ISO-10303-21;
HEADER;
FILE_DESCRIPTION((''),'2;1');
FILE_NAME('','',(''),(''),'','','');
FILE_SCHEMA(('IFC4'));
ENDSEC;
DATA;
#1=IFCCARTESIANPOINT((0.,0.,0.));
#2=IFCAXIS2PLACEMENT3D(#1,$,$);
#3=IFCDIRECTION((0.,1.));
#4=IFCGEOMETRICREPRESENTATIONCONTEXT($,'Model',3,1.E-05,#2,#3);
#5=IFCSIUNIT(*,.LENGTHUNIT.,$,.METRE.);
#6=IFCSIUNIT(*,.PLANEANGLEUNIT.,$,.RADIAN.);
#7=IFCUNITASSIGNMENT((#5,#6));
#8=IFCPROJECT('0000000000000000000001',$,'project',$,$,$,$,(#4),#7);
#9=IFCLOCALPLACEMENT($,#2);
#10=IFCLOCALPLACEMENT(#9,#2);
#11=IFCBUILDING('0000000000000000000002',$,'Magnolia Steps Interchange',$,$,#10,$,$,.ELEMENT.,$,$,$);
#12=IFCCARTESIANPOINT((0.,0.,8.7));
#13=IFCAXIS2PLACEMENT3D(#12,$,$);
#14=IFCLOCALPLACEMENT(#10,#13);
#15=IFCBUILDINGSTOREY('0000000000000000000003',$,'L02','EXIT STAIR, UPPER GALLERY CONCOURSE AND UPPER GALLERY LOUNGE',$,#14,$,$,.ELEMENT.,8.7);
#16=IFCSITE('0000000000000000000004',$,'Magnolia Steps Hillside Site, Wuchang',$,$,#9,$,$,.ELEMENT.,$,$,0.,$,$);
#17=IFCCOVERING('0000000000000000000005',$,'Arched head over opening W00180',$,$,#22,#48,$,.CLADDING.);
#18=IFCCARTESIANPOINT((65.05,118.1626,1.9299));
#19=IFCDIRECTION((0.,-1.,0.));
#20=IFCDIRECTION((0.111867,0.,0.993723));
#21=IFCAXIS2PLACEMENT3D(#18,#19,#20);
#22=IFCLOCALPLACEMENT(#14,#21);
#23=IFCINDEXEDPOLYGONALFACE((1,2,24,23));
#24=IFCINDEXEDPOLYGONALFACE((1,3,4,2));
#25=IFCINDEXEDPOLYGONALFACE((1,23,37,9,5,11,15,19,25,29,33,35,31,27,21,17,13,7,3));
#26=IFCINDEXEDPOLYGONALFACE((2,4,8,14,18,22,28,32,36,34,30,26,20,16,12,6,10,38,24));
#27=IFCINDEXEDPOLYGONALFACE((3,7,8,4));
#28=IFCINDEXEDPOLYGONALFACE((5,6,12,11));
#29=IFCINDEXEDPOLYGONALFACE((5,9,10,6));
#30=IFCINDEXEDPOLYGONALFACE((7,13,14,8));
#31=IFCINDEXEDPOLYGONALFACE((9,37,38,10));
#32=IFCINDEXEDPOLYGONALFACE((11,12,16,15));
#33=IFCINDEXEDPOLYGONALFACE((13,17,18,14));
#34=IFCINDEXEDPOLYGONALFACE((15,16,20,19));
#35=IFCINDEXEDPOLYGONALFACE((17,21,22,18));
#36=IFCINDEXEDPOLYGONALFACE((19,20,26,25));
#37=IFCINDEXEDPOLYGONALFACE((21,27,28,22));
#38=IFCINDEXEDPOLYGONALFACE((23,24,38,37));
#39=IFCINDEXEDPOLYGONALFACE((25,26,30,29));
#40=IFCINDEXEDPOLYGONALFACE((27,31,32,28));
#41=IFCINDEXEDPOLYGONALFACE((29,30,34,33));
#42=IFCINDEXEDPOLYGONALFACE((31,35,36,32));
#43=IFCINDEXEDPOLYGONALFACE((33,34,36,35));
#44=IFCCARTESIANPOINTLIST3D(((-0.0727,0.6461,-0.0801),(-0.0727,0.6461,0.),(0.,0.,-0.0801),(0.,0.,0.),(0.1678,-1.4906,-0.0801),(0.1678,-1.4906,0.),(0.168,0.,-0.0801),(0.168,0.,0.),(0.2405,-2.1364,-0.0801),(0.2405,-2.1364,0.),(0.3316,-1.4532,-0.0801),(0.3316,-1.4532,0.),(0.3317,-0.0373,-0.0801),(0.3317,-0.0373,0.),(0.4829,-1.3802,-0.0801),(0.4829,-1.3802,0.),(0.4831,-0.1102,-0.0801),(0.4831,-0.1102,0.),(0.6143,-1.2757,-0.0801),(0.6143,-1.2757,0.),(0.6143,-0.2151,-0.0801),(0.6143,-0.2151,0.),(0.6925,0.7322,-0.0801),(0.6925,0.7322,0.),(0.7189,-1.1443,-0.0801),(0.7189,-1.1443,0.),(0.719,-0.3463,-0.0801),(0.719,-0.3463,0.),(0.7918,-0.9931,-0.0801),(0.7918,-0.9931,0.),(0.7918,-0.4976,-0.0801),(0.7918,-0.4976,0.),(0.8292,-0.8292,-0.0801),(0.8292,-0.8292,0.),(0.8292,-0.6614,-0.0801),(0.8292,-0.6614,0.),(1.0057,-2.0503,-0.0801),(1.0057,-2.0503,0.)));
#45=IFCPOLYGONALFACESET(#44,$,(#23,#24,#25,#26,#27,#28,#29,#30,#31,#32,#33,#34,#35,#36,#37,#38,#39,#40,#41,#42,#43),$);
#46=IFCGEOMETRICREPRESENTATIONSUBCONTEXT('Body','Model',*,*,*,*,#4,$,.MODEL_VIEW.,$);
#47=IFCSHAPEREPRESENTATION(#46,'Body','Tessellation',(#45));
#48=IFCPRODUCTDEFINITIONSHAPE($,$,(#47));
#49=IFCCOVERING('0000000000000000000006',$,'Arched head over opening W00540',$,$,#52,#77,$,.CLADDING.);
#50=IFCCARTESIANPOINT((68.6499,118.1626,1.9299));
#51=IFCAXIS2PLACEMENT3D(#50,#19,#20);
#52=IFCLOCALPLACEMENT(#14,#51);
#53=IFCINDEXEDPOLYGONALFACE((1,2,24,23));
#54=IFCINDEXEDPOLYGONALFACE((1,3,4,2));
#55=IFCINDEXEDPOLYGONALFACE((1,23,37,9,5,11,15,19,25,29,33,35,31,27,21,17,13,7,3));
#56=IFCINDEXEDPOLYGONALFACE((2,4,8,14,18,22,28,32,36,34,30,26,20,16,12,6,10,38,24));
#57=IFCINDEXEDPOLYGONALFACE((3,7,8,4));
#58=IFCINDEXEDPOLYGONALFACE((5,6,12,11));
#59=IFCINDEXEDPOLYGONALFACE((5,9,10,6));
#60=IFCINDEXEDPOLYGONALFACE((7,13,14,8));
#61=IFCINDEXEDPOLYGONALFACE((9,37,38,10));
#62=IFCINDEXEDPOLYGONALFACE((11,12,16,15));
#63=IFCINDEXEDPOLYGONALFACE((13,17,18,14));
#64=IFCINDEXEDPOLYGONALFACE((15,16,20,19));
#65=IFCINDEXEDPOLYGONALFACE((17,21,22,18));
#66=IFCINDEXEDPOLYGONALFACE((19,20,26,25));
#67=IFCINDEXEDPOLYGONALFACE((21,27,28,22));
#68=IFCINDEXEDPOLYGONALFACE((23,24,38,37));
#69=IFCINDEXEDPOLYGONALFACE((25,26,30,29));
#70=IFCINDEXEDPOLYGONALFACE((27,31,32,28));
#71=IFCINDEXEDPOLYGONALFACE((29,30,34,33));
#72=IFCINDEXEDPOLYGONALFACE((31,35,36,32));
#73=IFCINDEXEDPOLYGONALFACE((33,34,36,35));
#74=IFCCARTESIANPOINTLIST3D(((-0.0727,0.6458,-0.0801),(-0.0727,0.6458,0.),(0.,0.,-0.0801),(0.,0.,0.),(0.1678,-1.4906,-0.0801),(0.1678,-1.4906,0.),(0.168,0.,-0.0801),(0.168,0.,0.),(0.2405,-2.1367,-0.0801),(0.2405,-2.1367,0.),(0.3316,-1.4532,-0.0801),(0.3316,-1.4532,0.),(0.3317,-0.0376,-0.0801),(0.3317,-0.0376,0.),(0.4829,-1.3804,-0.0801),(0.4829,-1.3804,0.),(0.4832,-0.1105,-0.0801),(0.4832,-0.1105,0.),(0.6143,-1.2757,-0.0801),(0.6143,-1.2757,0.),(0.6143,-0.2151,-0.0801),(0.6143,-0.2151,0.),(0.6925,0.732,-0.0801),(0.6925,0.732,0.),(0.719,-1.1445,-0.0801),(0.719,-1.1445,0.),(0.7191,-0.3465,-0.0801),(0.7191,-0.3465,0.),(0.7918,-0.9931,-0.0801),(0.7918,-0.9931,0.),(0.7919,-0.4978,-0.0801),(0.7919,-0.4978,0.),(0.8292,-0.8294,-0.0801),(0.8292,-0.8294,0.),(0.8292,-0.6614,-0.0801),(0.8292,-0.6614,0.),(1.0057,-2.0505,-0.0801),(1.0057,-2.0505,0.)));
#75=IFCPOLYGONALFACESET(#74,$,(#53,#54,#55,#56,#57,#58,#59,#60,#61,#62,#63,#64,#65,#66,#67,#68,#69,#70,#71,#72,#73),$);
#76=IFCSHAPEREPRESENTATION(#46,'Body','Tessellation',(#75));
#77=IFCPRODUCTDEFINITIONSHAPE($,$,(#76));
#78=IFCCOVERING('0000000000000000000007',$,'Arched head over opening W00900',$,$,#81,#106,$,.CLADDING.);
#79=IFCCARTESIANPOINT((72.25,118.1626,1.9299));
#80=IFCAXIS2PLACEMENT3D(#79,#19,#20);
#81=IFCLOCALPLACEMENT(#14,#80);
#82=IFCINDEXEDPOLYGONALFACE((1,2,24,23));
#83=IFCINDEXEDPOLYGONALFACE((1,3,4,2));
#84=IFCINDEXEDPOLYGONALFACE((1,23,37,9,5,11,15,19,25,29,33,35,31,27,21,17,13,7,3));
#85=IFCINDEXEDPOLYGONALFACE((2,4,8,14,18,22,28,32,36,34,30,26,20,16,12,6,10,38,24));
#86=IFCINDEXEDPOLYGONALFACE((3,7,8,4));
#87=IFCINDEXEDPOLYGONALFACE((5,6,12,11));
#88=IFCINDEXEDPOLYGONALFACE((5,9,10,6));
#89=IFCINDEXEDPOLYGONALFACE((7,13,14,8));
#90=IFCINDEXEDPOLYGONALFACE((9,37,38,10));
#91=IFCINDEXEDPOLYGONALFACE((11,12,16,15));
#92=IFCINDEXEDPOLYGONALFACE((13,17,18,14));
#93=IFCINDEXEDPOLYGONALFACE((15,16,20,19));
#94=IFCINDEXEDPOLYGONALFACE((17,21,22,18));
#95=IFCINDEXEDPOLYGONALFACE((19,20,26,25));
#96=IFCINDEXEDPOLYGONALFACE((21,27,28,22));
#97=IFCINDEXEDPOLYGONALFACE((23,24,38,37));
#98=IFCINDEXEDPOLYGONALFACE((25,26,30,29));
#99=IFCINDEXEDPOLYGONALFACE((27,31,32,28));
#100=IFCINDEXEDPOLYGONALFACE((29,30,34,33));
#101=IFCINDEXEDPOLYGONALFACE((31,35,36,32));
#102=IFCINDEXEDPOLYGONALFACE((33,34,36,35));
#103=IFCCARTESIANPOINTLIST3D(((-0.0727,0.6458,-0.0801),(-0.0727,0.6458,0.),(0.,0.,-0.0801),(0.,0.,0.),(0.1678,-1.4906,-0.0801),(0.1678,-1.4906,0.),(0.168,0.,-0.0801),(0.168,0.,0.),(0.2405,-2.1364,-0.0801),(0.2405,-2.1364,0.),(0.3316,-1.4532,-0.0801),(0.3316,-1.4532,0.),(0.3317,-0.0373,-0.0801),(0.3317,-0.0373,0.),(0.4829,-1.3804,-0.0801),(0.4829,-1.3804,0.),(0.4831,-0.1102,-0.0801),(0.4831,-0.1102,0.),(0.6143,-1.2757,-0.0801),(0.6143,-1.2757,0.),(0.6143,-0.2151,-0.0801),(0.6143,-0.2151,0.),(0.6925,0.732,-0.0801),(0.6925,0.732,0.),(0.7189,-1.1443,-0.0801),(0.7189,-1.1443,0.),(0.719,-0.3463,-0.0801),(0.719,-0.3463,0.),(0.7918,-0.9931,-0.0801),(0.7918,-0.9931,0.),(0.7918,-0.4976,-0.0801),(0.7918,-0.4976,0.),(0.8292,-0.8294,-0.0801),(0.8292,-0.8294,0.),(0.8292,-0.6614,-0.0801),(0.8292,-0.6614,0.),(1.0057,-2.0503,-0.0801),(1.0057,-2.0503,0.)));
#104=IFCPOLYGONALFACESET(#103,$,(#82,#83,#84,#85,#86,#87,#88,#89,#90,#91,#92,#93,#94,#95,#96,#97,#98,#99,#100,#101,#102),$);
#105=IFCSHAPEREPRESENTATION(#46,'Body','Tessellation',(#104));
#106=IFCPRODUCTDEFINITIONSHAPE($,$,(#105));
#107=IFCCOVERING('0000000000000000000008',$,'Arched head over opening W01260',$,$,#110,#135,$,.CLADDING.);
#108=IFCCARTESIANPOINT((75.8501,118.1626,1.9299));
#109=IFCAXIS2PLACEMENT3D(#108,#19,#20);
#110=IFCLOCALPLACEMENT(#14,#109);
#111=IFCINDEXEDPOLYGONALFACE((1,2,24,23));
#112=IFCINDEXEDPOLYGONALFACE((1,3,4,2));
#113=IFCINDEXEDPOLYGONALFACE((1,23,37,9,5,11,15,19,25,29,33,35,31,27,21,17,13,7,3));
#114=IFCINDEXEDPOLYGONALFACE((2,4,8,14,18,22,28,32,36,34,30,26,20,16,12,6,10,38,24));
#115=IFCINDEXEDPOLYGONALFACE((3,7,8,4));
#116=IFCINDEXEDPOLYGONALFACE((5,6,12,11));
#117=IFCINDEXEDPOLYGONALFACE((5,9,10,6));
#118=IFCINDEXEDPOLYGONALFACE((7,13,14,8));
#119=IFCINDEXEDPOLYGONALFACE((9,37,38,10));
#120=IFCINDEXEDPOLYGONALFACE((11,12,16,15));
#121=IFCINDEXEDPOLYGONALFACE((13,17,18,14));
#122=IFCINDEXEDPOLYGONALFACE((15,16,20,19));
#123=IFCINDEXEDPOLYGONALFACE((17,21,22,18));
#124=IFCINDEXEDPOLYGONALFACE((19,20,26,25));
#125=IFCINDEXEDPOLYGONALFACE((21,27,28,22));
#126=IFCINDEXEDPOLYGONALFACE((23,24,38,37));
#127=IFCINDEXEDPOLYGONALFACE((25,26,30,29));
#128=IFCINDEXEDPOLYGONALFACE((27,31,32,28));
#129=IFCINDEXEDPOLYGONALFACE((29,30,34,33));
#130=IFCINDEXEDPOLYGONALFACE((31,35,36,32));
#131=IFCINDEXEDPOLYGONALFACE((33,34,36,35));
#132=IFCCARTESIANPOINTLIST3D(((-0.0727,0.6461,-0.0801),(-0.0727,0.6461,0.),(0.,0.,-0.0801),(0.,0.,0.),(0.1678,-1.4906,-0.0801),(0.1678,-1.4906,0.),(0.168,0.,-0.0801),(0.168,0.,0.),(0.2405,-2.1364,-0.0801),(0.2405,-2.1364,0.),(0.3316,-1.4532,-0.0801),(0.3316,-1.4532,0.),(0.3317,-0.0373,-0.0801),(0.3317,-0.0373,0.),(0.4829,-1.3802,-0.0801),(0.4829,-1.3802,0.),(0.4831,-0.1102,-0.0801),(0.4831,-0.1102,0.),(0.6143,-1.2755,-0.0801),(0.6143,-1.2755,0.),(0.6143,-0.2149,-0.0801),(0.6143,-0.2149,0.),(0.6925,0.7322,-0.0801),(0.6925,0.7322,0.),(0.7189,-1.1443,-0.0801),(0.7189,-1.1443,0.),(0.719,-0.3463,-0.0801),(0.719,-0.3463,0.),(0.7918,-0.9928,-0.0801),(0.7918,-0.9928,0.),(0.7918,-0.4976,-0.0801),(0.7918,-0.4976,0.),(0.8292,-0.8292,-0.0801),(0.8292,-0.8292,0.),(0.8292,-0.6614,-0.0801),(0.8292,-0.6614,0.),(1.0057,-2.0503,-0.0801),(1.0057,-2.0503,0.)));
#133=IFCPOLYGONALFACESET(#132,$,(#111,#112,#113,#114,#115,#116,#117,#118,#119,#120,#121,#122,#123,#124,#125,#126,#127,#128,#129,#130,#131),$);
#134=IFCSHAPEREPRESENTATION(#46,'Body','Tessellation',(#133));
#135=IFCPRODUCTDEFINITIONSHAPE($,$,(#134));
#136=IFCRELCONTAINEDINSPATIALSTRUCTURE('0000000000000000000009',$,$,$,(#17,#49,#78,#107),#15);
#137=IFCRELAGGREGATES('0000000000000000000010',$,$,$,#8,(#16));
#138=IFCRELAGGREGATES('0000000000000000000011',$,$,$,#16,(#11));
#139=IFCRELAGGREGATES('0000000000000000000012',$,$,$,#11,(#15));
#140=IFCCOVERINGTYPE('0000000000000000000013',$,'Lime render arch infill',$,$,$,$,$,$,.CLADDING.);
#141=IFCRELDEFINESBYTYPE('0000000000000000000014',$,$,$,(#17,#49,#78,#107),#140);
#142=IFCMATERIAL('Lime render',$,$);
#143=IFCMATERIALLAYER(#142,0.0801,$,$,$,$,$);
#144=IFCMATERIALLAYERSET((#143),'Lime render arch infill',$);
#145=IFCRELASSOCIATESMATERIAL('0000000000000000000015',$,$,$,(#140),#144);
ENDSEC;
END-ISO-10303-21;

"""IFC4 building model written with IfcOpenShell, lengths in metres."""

from ifc_helpers import new_model, si_unit, direction, frame, origin, place, context, subcontext, project, spatial, polyline, outline, extrude, material, layer, layer_set, type_object, element, save


model = new_model("IFC4")

# Units and contexts
model_context = context("Model", 3, precision=1e-05, world=origin(), true_north=direction((0.0, 1.0)))
body_context = subcontext(model_context, "Body", "Model", "MODEL_VIEW")
ifc_project = project(units=[si_unit("LENGTHUNIT", "METRE"), si_unit("PLANEANGLEUNIT", "RADIAN")], contexts=[model_context])

# Site, building, storey
site_placement = place(None, origin())
site = spatial("IfcSite", under=ifc_project, at=site_placement, Name="Magnolia Steps Hillside Site, Wuchang", CompositionType="ELEMENT", RefElevation=0.0)
building_placement = place(site_placement, origin())
building = spatial("IfcBuilding", under=site, at=building_placement, Name="Magnolia Steps Interchange", CompositionType="ELEMENT")
storey_placement = place(building_placement, frame((0.0, 0.0, 8.7)))
storey = spatial("IfcBuildingStorey", under=building, at=storey_placement, Name="L02", Description="EXIT STAIR, UPPER GALLERY CONCOURSE AND UPPER GALLERY LOUNGE", CompositionType="ELEMENT", Elevation=8.7)

# Coverings
ifc_material_1 = material(Name="Lime render")
ifc_layer_1 = layer(ifc_material_1, 0.0801)
ifc_layer_set_1 = layer_set([ifc_layer_1], Name="Lime render arch infill")
covering_type_1 = type_object("IfcCoveringType", Name="Lime render arch infill", PredefinedType="CLADDING", material=ifc_layer_set_1)
covering_1_placement = place(storey_placement, frame((65.05, 118.1626, 1.9299), z_axis=(0.0, -1.0, 0.0), x_axis=(0.111867, 0.0, 0.993723)))
element("IfcCovering", 1, at=covering_1_placement, inside=storey, type_object=covering_type_1, Name="Arched head over opening W00180", PredefinedType="CLADDING", context=body_context, shape_type="SweptSolid", body=[
    extrude(outline(polyline([(0.0, 0.0), (0.168, 0.0), (0.3317, -0.0373), (0.4831, -0.1102), (0.6143, -0.2151), (0.719, -0.3463), (0.7918, -0.4976), (0.8292, -0.6614), (0.8292, -0.8292), (0.7918, -0.9931), (0.7189, -1.1443), (0.6143, -1.2757), (0.4829, -1.3802), (0.3316, -1.4532), (0.1678, -1.4906), (0.2405, -2.1364), (1.0057, -2.0503), (0.6925, 0.7322), (-0.0727, 0.6461), (0.0, 0.0)])), origin(), (0.0, 0.0, -1.0), 0.0801),
])
covering_2_placement = place(storey_placement, frame((68.6499, 118.1626, 1.9299), z_axis=(0.0, -1.0, 0.0), x_axis=(0.111867, 0.0, 0.993723)))
element("IfcCovering", 2, at=covering_2_placement, inside=storey, type_object=covering_type_1, Name="Arched head over opening W00540", PredefinedType="CLADDING", context=body_context, shape_type="SweptSolid", body=[
    extrude(outline(polyline([(0.0, 0.0), (0.168, 0.0), (0.3317, -0.0376), (0.4832, -0.1105), (0.6143, -0.2151), (0.7191, -0.3465), (0.7919, -0.4978), (0.8292, -0.6614), (0.8292, -0.8294), (0.7918, -0.9931), (0.719, -1.1445), (0.6143, -1.2757), (0.4829, -1.3804), (0.3316, -1.4532), (0.1678, -1.4906), (0.2405, -2.1367), (1.0057, -2.0505), (0.6925, 0.732), (-0.0727, 0.6458), (0.0, 0.0)])), origin(), (0.0, 0.0, -1.0), 0.0801),
])
covering_3_placement = place(storey_placement, frame((72.25, 118.1626, 1.9299), z_axis=(0.0, -1.0, 0.0), x_axis=(0.111867, 0.0, 0.993723)))
element("IfcCovering", 3, at=covering_3_placement, inside=storey, type_object=covering_type_1, Name="Arched head over opening W00900", PredefinedType="CLADDING", context=body_context, shape_type="SweptSolid", body=[
    extrude(outline(polyline([(0.0, 0.0), (0.168, 0.0), (0.3317, -0.0373), (0.4831, -0.1102), (0.6143, -0.2151), (0.719, -0.3463), (0.7918, -0.4976), (0.8292, -0.6614), (0.8292, -0.8294), (0.7918, -0.9931), (0.7189, -1.1443), (0.6143, -1.2757), (0.4829, -1.3804), (0.3316, -1.4532), (0.1678, -1.4906), (0.2405, -2.1364), (1.0057, -2.0503), (0.6925, 0.732), (-0.0727, 0.6458), (0.0, 0.0)])), origin(), (0.0, 0.0, -1.0), 0.0801),
])
covering_4_placement = place(storey_placement, frame((75.8501, 118.1626, 1.9299), z_axis=(0.0, -1.0, 0.0), x_axis=(0.111867, 0.0, 0.993723)))
element("IfcCovering", 4, at=covering_4_placement, inside=storey, type_object=covering_type_1, Name="Arched head over opening W01260", PredefinedType="CLADDING", context=body_context, shape_type="SweptSolid", body=[
    extrude(outline(polyline([(0.0, 0.0), (0.168, 0.0), (0.3317, -0.0373), (0.4831, -0.1102), (0.6143, -0.2149), (0.719, -0.3463), (0.7918, -0.4976), (0.8292, -0.6614), (0.8292, -0.8292), (0.7918, -0.9928), (0.7189, -1.1443), (0.6143, -1.2755), (0.4829, -1.3802), (0.3316, -1.4532), (0.1678, -1.4906), (0.2405, -2.1364), (1.0057, -2.0503), (0.6925, 0.7322), (-0.0727, 0.6461), (0.0, 0.0)])), origin(), (0.0, 0.0, -1.0), 0.0801),
])

save(model, "model.ifc")
